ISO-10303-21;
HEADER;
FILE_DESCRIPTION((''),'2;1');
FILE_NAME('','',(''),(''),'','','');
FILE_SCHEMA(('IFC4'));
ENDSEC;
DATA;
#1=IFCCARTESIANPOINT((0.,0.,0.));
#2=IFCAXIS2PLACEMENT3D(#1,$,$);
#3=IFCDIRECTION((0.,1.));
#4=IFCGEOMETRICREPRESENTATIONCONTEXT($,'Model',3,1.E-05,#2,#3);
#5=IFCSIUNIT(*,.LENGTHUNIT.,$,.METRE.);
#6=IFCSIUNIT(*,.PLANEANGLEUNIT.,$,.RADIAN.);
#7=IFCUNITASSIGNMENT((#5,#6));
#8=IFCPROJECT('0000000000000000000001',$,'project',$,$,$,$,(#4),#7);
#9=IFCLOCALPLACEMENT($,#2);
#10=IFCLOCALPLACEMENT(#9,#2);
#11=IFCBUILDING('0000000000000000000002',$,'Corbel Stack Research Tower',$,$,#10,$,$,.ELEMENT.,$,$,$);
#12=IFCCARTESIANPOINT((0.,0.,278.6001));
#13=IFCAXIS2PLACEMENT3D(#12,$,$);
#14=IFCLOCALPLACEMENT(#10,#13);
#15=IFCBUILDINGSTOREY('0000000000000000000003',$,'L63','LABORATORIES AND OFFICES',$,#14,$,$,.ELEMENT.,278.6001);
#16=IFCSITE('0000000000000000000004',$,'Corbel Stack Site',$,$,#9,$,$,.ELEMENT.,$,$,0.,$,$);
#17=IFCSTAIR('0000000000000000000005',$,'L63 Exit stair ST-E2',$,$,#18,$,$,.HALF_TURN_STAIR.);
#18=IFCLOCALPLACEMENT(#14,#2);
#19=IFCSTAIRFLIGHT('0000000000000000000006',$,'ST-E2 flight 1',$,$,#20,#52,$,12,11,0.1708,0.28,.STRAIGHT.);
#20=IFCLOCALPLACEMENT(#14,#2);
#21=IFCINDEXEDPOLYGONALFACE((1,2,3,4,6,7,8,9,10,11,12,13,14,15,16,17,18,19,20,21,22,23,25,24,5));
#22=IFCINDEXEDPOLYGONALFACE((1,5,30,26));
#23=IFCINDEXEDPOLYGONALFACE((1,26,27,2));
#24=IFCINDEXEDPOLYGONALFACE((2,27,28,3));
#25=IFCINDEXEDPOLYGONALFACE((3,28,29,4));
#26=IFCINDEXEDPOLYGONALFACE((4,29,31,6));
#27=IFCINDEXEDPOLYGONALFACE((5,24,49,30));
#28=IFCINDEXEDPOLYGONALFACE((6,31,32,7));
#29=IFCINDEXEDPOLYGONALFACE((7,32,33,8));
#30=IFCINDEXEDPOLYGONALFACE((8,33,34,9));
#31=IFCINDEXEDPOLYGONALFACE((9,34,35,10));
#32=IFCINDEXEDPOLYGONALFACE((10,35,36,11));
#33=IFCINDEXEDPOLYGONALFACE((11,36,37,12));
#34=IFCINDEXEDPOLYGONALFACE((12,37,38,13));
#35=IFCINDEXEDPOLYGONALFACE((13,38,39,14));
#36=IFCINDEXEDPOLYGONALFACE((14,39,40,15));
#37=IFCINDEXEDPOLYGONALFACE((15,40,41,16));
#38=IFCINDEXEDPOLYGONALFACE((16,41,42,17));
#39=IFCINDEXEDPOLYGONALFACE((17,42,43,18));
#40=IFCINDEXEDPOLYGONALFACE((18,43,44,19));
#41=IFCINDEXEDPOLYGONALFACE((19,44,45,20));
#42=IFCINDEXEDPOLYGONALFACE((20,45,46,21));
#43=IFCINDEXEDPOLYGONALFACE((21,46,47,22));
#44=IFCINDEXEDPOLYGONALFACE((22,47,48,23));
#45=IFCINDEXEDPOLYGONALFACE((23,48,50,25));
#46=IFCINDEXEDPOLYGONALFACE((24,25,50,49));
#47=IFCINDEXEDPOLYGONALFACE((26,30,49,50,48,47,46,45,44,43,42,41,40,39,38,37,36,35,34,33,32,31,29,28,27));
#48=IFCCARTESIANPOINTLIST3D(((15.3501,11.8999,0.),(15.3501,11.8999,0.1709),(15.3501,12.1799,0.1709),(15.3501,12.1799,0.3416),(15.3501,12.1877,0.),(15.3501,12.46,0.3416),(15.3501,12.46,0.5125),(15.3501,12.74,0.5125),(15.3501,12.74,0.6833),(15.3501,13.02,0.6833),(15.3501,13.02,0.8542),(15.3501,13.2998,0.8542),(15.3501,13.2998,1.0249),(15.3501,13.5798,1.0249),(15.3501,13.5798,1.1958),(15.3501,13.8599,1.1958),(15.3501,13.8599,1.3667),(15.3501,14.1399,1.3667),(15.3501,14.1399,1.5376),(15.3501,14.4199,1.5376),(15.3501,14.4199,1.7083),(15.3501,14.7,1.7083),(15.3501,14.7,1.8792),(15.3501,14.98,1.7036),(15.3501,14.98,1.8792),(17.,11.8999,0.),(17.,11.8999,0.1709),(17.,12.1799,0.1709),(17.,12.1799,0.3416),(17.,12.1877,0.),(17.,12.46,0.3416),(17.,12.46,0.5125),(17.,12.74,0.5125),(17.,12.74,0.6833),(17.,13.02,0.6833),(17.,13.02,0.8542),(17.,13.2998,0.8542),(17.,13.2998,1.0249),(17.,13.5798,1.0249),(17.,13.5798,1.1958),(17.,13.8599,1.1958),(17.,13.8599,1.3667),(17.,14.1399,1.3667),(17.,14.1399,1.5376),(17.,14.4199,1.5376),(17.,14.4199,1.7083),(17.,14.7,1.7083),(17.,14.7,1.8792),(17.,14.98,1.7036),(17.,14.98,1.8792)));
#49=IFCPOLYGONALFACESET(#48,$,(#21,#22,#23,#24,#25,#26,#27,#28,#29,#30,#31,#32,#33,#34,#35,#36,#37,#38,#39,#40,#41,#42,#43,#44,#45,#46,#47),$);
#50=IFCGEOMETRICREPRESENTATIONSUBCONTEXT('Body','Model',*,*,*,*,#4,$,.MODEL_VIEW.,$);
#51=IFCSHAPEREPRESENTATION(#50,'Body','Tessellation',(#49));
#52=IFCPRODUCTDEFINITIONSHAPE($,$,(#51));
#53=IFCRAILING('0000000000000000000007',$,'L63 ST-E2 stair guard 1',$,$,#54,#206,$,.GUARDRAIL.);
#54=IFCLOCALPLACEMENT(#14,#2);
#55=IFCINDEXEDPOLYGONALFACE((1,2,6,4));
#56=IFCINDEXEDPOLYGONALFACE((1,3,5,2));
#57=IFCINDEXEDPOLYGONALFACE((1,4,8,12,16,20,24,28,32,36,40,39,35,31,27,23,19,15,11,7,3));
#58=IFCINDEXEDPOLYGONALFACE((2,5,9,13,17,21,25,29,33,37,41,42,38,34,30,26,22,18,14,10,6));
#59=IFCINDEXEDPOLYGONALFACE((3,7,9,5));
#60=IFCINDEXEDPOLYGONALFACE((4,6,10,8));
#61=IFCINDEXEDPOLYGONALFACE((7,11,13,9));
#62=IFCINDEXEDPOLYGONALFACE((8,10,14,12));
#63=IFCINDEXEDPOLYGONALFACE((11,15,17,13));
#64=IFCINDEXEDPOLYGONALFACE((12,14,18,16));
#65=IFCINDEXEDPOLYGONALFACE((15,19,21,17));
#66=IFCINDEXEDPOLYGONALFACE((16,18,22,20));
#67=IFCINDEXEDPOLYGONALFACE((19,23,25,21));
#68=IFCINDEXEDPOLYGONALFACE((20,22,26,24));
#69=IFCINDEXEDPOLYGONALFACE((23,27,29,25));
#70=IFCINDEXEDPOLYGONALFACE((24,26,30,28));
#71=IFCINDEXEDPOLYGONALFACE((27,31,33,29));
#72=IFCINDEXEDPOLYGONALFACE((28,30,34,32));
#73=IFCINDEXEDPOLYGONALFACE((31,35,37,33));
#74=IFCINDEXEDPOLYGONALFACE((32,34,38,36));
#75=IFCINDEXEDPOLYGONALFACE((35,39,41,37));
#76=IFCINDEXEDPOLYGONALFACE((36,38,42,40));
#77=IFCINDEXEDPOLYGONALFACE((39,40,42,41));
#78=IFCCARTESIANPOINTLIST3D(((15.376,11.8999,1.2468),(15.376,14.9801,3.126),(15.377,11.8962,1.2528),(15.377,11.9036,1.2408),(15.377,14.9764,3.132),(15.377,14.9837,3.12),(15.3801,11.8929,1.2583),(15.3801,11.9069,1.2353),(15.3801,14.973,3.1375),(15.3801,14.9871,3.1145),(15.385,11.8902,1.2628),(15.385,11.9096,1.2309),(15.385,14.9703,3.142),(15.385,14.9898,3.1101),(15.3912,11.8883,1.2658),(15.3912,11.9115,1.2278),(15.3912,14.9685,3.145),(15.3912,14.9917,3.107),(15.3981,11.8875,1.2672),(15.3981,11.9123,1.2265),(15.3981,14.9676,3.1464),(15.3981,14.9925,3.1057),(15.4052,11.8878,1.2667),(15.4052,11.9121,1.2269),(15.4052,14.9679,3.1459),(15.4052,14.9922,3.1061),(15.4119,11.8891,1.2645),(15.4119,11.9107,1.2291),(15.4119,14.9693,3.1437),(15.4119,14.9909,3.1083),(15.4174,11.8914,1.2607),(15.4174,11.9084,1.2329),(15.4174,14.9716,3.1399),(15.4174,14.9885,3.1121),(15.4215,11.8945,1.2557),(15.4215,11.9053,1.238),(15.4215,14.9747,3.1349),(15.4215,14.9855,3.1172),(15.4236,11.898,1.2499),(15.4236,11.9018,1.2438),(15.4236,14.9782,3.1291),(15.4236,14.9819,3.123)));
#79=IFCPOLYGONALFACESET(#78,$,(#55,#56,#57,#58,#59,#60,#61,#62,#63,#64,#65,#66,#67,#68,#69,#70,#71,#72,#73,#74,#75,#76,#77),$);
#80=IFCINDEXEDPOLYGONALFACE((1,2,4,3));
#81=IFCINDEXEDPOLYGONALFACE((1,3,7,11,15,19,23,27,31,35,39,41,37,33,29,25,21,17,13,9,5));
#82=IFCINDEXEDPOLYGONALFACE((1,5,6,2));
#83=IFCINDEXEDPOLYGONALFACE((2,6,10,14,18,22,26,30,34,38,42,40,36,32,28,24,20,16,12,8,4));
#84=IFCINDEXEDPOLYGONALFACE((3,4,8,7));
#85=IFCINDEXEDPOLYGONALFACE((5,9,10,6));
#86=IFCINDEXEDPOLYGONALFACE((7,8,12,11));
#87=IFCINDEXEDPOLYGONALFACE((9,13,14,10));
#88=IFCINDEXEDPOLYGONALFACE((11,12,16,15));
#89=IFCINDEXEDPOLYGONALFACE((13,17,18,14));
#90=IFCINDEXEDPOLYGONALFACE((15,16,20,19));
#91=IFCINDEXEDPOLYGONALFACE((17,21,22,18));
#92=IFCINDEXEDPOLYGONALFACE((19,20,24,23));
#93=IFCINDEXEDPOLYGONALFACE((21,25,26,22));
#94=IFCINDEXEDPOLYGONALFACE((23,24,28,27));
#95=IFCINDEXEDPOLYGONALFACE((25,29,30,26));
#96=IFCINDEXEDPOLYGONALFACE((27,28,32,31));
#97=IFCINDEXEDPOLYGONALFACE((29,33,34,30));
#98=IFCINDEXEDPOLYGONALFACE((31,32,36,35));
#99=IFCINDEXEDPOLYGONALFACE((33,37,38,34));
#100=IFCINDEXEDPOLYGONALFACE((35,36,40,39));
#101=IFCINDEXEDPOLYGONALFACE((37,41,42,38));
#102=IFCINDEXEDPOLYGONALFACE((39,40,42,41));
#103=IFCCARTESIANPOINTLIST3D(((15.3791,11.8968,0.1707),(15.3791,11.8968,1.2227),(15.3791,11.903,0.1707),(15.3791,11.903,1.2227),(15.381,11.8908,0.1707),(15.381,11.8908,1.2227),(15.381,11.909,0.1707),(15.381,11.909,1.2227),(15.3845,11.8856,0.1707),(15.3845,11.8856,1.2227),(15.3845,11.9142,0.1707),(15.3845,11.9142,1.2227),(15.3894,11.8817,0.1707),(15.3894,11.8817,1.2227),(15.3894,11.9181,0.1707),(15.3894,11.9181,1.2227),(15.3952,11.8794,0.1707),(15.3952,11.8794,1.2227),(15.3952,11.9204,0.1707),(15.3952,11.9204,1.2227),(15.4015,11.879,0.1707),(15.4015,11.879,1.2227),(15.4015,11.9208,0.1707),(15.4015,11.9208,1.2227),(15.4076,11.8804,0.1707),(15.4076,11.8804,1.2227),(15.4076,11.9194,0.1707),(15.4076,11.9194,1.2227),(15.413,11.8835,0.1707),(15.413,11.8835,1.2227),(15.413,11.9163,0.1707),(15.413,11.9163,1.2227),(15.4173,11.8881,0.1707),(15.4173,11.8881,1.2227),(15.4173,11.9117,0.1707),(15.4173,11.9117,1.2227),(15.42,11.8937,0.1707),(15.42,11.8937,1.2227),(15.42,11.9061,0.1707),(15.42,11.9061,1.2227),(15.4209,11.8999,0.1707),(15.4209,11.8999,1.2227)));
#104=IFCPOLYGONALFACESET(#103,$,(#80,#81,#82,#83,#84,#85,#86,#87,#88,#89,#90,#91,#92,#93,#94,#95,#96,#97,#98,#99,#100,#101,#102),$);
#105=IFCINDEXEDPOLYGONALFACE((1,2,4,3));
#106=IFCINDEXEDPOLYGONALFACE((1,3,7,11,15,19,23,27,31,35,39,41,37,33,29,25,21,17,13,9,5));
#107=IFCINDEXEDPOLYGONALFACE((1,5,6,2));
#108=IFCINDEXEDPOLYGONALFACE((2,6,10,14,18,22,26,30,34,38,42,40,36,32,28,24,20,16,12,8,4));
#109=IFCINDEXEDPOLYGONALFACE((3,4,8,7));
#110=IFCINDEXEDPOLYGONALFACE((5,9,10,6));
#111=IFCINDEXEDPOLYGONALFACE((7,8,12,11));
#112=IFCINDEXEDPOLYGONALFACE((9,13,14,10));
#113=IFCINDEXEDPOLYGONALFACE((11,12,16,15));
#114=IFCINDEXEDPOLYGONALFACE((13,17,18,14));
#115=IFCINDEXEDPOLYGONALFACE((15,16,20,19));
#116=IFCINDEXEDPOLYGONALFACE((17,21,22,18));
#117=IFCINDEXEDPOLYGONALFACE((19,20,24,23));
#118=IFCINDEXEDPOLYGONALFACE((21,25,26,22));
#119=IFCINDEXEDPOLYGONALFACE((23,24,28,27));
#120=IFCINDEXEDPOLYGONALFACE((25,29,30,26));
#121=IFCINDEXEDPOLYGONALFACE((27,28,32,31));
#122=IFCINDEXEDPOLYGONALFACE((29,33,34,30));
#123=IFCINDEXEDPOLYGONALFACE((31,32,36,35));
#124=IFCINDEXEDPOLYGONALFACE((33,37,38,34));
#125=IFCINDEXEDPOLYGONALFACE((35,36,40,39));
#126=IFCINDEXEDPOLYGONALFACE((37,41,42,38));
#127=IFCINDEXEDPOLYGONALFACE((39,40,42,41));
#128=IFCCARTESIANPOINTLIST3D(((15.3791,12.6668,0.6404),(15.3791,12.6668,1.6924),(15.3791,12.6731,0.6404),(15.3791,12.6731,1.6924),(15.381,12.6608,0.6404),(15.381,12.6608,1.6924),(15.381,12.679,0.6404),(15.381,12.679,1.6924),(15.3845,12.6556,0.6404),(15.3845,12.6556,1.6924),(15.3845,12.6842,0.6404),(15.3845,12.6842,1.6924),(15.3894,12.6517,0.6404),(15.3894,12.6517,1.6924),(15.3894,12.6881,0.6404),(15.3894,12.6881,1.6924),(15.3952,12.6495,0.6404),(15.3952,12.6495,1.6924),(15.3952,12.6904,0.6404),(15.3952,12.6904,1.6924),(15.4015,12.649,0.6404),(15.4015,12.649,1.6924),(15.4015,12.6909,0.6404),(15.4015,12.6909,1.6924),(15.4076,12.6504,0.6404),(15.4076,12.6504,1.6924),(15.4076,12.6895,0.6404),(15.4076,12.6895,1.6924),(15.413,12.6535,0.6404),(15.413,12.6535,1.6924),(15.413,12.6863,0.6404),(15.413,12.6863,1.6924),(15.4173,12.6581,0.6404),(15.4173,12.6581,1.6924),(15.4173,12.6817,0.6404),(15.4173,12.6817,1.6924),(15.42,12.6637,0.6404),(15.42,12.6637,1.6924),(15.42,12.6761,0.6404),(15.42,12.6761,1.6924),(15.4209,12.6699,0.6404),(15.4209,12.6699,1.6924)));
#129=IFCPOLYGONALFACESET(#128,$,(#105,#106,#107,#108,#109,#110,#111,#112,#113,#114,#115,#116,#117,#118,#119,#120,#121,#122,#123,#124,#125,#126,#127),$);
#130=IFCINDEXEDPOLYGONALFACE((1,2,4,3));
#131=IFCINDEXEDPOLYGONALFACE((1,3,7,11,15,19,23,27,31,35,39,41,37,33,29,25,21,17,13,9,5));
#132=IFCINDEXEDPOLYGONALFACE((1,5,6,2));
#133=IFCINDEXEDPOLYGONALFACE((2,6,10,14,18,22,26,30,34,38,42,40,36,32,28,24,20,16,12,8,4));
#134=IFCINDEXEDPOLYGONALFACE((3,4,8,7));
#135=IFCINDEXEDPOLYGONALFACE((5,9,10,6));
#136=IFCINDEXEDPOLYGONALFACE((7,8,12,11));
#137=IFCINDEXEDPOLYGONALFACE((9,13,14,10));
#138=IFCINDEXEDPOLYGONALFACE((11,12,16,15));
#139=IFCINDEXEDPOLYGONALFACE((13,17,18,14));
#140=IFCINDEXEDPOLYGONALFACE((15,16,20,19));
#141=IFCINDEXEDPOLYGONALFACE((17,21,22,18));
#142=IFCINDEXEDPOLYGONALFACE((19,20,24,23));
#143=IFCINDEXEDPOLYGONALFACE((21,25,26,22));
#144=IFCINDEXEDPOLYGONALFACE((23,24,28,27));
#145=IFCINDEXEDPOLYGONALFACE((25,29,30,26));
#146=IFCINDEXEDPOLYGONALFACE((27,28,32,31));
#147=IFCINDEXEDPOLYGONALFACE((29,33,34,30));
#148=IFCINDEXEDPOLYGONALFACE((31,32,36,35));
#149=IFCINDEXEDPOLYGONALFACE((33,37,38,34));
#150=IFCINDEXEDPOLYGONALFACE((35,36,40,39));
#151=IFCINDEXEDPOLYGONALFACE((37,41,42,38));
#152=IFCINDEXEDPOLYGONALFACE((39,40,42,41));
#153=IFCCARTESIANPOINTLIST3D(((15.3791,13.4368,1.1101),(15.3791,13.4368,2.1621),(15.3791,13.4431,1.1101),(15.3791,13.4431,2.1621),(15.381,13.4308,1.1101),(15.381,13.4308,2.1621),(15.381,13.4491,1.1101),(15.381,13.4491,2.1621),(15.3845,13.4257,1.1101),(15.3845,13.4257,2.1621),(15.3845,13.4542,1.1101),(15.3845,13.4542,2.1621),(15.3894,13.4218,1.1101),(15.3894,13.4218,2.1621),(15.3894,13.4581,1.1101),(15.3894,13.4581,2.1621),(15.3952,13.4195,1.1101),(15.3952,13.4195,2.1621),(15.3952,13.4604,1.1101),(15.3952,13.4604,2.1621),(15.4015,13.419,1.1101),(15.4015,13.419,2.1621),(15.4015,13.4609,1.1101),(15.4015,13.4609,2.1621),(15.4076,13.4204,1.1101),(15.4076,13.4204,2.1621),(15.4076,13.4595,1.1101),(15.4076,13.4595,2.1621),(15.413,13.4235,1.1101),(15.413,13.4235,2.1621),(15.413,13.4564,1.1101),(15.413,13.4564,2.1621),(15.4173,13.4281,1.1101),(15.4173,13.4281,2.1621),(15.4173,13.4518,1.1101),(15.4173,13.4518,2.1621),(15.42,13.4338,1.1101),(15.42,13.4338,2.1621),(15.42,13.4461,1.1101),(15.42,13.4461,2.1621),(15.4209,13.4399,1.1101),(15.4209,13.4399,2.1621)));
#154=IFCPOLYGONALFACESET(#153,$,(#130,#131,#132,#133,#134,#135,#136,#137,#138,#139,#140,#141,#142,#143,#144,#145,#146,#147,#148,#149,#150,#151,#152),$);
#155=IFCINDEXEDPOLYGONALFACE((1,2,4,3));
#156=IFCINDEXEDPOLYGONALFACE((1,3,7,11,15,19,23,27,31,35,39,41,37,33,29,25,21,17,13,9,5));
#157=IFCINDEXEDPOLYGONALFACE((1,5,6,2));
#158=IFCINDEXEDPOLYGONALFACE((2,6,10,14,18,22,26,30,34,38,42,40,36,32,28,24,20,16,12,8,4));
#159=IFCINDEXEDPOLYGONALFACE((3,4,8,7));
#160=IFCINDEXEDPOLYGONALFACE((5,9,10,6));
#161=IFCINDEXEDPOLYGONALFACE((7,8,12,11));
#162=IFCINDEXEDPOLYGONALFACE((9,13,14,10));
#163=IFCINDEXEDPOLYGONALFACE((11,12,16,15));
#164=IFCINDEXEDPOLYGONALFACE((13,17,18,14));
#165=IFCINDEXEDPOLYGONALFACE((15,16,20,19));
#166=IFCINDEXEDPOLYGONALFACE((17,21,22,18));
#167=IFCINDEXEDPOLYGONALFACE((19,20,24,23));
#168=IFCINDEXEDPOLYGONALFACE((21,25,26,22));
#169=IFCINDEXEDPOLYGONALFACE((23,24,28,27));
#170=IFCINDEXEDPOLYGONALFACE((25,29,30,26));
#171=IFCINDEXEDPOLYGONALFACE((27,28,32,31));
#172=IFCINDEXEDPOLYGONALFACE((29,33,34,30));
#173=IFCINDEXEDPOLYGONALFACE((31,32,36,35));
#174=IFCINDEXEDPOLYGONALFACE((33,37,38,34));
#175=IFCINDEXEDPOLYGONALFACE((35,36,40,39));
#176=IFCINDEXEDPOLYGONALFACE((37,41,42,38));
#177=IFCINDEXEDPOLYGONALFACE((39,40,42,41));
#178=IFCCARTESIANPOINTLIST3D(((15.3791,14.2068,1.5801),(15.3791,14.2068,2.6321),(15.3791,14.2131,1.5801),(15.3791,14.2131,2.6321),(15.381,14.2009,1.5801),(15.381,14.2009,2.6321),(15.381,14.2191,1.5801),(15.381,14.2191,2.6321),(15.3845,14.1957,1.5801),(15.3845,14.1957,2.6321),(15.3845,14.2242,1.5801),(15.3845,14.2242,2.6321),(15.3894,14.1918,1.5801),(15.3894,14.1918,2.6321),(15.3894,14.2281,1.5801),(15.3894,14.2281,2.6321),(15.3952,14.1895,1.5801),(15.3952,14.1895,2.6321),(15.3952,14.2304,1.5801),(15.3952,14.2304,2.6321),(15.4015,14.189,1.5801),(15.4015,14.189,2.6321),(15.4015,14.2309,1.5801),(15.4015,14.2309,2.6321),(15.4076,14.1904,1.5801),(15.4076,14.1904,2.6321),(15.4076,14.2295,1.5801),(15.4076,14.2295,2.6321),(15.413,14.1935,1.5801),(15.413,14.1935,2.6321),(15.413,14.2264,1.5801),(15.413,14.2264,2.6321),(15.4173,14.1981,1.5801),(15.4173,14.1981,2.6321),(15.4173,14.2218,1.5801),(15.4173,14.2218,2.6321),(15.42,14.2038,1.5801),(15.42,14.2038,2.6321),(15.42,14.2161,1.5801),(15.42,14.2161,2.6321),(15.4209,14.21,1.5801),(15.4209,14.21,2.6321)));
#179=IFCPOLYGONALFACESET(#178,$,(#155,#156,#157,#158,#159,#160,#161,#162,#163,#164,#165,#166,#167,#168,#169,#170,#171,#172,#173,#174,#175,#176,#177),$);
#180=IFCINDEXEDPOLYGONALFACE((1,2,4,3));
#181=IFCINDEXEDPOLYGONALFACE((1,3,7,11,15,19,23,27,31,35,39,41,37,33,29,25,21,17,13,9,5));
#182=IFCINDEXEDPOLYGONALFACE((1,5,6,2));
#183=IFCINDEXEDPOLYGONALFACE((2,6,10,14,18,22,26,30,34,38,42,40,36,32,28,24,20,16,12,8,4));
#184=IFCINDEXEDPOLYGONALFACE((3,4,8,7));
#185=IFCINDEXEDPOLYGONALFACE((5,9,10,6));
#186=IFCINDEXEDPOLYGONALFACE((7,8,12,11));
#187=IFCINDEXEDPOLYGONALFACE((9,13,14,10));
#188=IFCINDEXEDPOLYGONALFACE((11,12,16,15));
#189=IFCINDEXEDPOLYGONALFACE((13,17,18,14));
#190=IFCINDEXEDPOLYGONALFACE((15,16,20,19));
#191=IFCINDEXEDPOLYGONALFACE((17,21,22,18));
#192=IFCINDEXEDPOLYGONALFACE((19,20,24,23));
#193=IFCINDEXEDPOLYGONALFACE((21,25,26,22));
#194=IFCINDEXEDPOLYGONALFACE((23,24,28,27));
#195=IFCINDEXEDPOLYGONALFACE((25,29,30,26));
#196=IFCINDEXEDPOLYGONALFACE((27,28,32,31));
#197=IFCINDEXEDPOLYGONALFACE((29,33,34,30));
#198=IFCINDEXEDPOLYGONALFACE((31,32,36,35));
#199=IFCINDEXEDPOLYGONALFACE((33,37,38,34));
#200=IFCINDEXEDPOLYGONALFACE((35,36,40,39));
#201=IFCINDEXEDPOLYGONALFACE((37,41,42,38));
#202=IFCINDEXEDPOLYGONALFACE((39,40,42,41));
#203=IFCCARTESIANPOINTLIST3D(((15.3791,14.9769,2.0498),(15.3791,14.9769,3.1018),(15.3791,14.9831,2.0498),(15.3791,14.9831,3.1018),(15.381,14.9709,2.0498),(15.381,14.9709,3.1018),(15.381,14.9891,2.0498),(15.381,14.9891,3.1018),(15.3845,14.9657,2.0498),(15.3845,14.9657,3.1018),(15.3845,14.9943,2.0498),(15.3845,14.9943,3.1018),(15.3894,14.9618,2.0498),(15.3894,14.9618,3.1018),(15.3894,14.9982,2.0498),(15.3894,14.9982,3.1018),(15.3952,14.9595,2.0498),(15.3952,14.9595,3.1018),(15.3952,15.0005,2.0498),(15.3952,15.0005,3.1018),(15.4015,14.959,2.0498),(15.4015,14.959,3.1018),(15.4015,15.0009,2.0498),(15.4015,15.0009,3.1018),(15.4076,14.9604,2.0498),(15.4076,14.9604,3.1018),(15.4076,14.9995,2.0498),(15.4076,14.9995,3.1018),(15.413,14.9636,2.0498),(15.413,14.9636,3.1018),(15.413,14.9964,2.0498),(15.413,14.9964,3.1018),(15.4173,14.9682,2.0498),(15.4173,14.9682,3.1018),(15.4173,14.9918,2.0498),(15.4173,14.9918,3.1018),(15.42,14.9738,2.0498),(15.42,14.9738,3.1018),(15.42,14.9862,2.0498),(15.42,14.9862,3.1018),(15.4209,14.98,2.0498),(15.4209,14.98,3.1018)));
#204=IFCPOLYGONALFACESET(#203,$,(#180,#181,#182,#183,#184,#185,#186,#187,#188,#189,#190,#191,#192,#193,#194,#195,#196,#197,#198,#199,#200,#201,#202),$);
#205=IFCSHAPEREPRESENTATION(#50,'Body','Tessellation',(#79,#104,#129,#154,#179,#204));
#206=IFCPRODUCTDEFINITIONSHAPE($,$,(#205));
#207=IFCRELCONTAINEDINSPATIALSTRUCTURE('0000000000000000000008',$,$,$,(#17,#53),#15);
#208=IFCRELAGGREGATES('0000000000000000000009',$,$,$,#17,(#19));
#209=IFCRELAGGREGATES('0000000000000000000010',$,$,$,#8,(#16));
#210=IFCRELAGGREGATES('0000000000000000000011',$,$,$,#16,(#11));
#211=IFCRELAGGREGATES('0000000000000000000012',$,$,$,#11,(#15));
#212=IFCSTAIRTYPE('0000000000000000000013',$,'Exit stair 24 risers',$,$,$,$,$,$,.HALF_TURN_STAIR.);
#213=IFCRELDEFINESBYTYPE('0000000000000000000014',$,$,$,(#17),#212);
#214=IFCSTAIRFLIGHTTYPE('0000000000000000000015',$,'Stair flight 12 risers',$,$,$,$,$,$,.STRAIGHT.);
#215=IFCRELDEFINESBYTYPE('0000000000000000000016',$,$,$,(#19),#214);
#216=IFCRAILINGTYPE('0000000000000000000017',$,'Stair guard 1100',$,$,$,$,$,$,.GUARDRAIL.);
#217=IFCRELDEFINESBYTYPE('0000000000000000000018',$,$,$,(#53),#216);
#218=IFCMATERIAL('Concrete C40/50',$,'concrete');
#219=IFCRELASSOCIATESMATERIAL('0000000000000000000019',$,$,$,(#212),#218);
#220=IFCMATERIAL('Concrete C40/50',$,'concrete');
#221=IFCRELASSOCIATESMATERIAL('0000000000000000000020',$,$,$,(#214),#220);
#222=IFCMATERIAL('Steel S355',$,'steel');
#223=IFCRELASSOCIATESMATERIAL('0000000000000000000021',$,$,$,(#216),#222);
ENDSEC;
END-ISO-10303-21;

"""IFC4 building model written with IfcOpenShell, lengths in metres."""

from ifc_helpers import new_model, si_unit, direction, frame, origin, origin_2d, place, context, subcontext, project, spatial, polyline, circle, outline, extrude, material, type_object, element, aggregate, save


model = new_model("IFC4")

# Units and contexts
model_context = context("Model", 3, precision=1e-05, world=origin(), true_north=direction((0.0, 1.0)))
body_context = subcontext(model_context, "Body", "Model", "MODEL_VIEW")
ifc_project = project(units=[si_unit("LENGTHUNIT", "METRE"), si_unit("PLANEANGLEUNIT", "RADIAN")], contexts=[model_context])

# Site, building, storey
site_placement = place(None, origin())
site = spatial("IfcSite", under=ifc_project, at=site_placement, Name="Corbel Stack Site", CompositionType="ELEMENT", RefElevation=0.0)
building_placement = place(site_placement, origin())
building = spatial("IfcBuilding", under=site, at=building_placement, Name="Corbel Stack Research Tower", CompositionType="ELEMENT")
storey_placement = place(building_placement, frame((0.0, 0.0, 278.6001)))
storey = spatial("IfcBuildingStorey", under=building, at=storey_placement, Name="L63", Description="LABORATORIES AND OFFICES", CompositionType="ELEMENT", Elevation=278.6001)

# Stair, stair flight
ifc_material_1 = material(Name="Concrete C40/50", Category="concrete")
stair_type = type_object("IfcStairType", Name="Exit stair 24 risers", PredefinedType="HALF_TURN_STAIR", material=ifc_material_1)
stair_placement = place(storey_placement, origin())
stair = element("IfcStair", 1, at=stair_placement, inside=storey, type_object=stair_type, Name="L63 Exit stair ST-E2", PredefinedType="HALF_TURN_STAIR")
ifc_material_2 = material(Name="Concrete C40/50", Category="concrete")
stair_flight_type = type_object("IfcStairFlightType", Name="Stair flight 12 risers", PredefinedType="STRAIGHT", material=ifc_material_2)
stair_flight_placement = place(storey_placement, frame((16.175, 11.8999, 0.0), z_axis=(0.0, 0.0, 1.0), x_axis=(0.0, 1.0, 0.0)))
stair_flight = element("IfcStairFlight", 2, at=stair_flight_placement, type_object=stair_flight_type, Name="ST-E2 flight 1", NumberOfRisers=12, NumberOfTreads=11, PredefinedType="STRAIGHT", RiserHeight=0.1708, TreadLength=0.28, context=body_context, shape_type="SweptSolid", body=[
    extrude(outline(polyline([(0.0, 0.0), (0.0, 0.1709), (0.28, 0.1709), (0.28, 0.3416), (0.5601, 0.3416), (0.5601, 0.5125), (0.8401, 0.5125), (0.8401, 0.6833), (1.1201, 0.6833), (1.1201, 0.8542), (1.3999, 0.8542), (1.3999, 1.0249), (1.6799, 1.0249), (1.6799, 1.1958), (1.96, 1.1958), (1.96, 1.3667), (2.24, 1.3667), (2.24, 1.5376), (2.52, 1.5376), (2.52, 1.7083), (2.8, 1.7083), (2.8, 1.8792), (3.0801, 1.8792), (3.0801, 2.05), (3.0801, 1.7036), (0.2878, 0.0), (0.0, 0.0)])), frame((0.0, 0.825, 0.0), z_axis=(0.0, -1.0, 0.0), x_axis=(1.0, 0.0, 0.0)), (0.0, 0.0, 1.0), 1.6499),
])
aggregate(stair, [stair_flight])

# Railing
ifc_material_3 = material(Name="Steel S355", Category="steel")
railing_type_1 = type_object("IfcRailingType", Name="Stair guard 1100", PredefinedType="GUARDRAIL", material=ifc_material_3)
railing_1_placement = place(storey_placement, frame((15.3999, 11.8999, 0.1707)))
element("IfcRailing", 3, at=railing_1_placement, inside=storey, type_object=railing_type_1, Name="L63 ST-E2 stair guard 1", PredefinedType="GUARDRAIL", context=body_context, shape_type="SweptSolid", body=[
    extrude(circle(Radius=0.0239, at=origin_2d()), frame((0.0, 0.0, 1.0762), z_axis=(0.0, 0.853666, 0.52082), x_axis=(-1.0, 0.0, 0.0)), (0.0, 0.0, 1.0), 3.6082),
    extrude(circle(Radius=0.021, at=origin_2d()), origin(), (0.0, 0.0, 1.0), 1.052),
    extrude(circle(Radius=0.021, at=origin_2d()), frame((0.0, 0.77, 0.4697)), (0.0, 0.0, 1.0), 1.052),
    extrude(circle(Radius=0.021, at=origin_2d()), frame((0.0, 1.54, 0.9395)), (0.0, 0.0, 1.0), 1.052),
    extrude(circle(Radius=0.021, at=origin_2d()), frame((0.0, 2.3101, 1.4094)), (0.0, 0.0, 1.0), 1.052),
    extrude(circle(Radius=0.021, at=origin_2d()), frame((0.0, 3.0801, 1.8792)), (0.0, 0.0, 1.0), 1.052),
])

save(model, "model.ifc")
